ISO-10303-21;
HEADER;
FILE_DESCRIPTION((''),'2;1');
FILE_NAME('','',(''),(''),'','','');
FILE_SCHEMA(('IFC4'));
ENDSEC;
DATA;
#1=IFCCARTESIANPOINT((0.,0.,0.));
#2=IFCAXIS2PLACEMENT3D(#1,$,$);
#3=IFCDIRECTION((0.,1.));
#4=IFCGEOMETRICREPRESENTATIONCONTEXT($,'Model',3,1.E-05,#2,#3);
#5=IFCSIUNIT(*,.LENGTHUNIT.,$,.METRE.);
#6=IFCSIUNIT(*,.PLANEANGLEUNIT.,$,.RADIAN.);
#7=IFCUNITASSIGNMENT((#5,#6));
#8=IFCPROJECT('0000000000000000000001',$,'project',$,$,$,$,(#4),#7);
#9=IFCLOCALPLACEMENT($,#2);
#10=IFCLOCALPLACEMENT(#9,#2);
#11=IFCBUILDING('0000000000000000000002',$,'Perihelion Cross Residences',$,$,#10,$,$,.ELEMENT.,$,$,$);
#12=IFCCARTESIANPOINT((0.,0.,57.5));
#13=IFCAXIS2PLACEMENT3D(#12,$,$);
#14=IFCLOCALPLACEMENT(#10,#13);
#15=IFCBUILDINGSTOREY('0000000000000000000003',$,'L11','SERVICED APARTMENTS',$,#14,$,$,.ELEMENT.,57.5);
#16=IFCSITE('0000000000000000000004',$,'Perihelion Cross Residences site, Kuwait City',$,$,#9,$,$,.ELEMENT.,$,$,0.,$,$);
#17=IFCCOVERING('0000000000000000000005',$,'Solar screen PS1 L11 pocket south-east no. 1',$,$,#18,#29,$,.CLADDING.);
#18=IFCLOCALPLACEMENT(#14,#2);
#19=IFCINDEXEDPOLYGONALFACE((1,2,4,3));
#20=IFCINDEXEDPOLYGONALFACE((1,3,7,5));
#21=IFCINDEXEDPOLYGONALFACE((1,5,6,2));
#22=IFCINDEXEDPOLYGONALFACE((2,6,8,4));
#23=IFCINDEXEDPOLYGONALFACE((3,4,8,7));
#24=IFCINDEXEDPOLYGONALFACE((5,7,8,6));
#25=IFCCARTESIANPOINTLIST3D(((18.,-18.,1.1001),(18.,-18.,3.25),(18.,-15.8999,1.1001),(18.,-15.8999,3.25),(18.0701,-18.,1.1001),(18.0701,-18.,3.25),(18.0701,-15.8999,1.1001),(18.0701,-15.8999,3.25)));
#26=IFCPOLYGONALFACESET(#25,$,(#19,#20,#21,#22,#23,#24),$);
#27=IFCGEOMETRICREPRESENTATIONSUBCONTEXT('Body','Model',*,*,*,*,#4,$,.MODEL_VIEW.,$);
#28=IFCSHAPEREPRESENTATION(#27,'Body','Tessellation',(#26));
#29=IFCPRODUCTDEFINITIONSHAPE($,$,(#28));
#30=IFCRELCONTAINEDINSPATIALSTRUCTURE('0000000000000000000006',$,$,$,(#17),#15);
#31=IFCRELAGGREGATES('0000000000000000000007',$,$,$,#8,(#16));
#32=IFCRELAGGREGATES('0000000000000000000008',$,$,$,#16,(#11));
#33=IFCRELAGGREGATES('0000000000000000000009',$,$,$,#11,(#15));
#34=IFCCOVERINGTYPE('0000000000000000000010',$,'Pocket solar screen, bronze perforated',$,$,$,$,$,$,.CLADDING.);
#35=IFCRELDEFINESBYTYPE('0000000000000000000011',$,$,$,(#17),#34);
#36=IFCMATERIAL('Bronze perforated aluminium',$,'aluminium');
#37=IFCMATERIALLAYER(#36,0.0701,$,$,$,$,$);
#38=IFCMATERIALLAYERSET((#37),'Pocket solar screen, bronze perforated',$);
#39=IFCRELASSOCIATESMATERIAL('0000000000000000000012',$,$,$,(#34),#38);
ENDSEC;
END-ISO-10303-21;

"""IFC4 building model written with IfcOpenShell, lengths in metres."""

from ifc_helpers import new_model, si_unit, direction, frame, origin, place, context, subcontext, project, spatial, polyline, outline, extrude, material, layer, layer_set, type_object, element, save


model = new_model("IFC4")

# Units and contexts
model_context = context("Model", 3, precision=1e-05, world=origin(), true_north=direction((0.0, 1.0)))
body_context = subcontext(model_context, "Body", "Model", "MODEL_VIEW")
ifc_project = project(units=[si_unit("LENGTHUNIT", "METRE"), si_unit("PLANEANGLEUNIT", "RADIAN")], contexts=[model_context])

# Site, building, storey
site_placement = place(None, origin())
site = spatial("IfcSite", under=ifc_project, at=site_placement, Name="Perihelion Cross Residences site, Kuwait City", CompositionType="ELEMENT", RefElevation=0.0)
building_placement = place(site_placement, origin())
building = spatial("IfcBuilding", under=site, at=building_placement, Name="Perihelion Cross Residences", CompositionType="ELEMENT")
storey_placement = place(building_placement, frame((0.0, 0.0, 57.5)))
storey = spatial("IfcBuildingStorey", under=building, at=storey_placement, Name="L11", Description="SERVICED APARTMENTS", CompositionType="ELEMENT", Elevation=57.5)

# Covering
ifc_material_1 = material(Name="Bronze perforated aluminium", Category="aluminium")
ifc_layer_1 = layer(ifc_material_1, 0.0701)
ifc_layer_set_1 = layer_set([ifc_layer_1], Name="Pocket solar screen, bronze perforated")
covering_type_1 = type_object("IfcCoveringType", Name="Pocket solar screen, bronze perforated", PredefinedType="CLADDING", material=ifc_layer_set_1)
covering_1_placement = place(storey_placement, frame((0.0, 0.0, 1.1001)))
element("IfcCovering", 1, at=covering_1_placement, inside=storey, type_object=covering_type_1, Name="Solar screen PS1 L11 pocket south-east no. 1", PredefinedType="CLADDING", context=body_context, shape_type="SweptSolid", body=[
    extrude(outline(polyline([(18.0701, -18.0), (18.0701, -15.8999), (18.0, -15.8999), (18.0, -18.0), (18.0701, -18.0)])), origin(), (0.0, 0.0, 1.0), 2.1499),
])

save(model, "model.ifc")
